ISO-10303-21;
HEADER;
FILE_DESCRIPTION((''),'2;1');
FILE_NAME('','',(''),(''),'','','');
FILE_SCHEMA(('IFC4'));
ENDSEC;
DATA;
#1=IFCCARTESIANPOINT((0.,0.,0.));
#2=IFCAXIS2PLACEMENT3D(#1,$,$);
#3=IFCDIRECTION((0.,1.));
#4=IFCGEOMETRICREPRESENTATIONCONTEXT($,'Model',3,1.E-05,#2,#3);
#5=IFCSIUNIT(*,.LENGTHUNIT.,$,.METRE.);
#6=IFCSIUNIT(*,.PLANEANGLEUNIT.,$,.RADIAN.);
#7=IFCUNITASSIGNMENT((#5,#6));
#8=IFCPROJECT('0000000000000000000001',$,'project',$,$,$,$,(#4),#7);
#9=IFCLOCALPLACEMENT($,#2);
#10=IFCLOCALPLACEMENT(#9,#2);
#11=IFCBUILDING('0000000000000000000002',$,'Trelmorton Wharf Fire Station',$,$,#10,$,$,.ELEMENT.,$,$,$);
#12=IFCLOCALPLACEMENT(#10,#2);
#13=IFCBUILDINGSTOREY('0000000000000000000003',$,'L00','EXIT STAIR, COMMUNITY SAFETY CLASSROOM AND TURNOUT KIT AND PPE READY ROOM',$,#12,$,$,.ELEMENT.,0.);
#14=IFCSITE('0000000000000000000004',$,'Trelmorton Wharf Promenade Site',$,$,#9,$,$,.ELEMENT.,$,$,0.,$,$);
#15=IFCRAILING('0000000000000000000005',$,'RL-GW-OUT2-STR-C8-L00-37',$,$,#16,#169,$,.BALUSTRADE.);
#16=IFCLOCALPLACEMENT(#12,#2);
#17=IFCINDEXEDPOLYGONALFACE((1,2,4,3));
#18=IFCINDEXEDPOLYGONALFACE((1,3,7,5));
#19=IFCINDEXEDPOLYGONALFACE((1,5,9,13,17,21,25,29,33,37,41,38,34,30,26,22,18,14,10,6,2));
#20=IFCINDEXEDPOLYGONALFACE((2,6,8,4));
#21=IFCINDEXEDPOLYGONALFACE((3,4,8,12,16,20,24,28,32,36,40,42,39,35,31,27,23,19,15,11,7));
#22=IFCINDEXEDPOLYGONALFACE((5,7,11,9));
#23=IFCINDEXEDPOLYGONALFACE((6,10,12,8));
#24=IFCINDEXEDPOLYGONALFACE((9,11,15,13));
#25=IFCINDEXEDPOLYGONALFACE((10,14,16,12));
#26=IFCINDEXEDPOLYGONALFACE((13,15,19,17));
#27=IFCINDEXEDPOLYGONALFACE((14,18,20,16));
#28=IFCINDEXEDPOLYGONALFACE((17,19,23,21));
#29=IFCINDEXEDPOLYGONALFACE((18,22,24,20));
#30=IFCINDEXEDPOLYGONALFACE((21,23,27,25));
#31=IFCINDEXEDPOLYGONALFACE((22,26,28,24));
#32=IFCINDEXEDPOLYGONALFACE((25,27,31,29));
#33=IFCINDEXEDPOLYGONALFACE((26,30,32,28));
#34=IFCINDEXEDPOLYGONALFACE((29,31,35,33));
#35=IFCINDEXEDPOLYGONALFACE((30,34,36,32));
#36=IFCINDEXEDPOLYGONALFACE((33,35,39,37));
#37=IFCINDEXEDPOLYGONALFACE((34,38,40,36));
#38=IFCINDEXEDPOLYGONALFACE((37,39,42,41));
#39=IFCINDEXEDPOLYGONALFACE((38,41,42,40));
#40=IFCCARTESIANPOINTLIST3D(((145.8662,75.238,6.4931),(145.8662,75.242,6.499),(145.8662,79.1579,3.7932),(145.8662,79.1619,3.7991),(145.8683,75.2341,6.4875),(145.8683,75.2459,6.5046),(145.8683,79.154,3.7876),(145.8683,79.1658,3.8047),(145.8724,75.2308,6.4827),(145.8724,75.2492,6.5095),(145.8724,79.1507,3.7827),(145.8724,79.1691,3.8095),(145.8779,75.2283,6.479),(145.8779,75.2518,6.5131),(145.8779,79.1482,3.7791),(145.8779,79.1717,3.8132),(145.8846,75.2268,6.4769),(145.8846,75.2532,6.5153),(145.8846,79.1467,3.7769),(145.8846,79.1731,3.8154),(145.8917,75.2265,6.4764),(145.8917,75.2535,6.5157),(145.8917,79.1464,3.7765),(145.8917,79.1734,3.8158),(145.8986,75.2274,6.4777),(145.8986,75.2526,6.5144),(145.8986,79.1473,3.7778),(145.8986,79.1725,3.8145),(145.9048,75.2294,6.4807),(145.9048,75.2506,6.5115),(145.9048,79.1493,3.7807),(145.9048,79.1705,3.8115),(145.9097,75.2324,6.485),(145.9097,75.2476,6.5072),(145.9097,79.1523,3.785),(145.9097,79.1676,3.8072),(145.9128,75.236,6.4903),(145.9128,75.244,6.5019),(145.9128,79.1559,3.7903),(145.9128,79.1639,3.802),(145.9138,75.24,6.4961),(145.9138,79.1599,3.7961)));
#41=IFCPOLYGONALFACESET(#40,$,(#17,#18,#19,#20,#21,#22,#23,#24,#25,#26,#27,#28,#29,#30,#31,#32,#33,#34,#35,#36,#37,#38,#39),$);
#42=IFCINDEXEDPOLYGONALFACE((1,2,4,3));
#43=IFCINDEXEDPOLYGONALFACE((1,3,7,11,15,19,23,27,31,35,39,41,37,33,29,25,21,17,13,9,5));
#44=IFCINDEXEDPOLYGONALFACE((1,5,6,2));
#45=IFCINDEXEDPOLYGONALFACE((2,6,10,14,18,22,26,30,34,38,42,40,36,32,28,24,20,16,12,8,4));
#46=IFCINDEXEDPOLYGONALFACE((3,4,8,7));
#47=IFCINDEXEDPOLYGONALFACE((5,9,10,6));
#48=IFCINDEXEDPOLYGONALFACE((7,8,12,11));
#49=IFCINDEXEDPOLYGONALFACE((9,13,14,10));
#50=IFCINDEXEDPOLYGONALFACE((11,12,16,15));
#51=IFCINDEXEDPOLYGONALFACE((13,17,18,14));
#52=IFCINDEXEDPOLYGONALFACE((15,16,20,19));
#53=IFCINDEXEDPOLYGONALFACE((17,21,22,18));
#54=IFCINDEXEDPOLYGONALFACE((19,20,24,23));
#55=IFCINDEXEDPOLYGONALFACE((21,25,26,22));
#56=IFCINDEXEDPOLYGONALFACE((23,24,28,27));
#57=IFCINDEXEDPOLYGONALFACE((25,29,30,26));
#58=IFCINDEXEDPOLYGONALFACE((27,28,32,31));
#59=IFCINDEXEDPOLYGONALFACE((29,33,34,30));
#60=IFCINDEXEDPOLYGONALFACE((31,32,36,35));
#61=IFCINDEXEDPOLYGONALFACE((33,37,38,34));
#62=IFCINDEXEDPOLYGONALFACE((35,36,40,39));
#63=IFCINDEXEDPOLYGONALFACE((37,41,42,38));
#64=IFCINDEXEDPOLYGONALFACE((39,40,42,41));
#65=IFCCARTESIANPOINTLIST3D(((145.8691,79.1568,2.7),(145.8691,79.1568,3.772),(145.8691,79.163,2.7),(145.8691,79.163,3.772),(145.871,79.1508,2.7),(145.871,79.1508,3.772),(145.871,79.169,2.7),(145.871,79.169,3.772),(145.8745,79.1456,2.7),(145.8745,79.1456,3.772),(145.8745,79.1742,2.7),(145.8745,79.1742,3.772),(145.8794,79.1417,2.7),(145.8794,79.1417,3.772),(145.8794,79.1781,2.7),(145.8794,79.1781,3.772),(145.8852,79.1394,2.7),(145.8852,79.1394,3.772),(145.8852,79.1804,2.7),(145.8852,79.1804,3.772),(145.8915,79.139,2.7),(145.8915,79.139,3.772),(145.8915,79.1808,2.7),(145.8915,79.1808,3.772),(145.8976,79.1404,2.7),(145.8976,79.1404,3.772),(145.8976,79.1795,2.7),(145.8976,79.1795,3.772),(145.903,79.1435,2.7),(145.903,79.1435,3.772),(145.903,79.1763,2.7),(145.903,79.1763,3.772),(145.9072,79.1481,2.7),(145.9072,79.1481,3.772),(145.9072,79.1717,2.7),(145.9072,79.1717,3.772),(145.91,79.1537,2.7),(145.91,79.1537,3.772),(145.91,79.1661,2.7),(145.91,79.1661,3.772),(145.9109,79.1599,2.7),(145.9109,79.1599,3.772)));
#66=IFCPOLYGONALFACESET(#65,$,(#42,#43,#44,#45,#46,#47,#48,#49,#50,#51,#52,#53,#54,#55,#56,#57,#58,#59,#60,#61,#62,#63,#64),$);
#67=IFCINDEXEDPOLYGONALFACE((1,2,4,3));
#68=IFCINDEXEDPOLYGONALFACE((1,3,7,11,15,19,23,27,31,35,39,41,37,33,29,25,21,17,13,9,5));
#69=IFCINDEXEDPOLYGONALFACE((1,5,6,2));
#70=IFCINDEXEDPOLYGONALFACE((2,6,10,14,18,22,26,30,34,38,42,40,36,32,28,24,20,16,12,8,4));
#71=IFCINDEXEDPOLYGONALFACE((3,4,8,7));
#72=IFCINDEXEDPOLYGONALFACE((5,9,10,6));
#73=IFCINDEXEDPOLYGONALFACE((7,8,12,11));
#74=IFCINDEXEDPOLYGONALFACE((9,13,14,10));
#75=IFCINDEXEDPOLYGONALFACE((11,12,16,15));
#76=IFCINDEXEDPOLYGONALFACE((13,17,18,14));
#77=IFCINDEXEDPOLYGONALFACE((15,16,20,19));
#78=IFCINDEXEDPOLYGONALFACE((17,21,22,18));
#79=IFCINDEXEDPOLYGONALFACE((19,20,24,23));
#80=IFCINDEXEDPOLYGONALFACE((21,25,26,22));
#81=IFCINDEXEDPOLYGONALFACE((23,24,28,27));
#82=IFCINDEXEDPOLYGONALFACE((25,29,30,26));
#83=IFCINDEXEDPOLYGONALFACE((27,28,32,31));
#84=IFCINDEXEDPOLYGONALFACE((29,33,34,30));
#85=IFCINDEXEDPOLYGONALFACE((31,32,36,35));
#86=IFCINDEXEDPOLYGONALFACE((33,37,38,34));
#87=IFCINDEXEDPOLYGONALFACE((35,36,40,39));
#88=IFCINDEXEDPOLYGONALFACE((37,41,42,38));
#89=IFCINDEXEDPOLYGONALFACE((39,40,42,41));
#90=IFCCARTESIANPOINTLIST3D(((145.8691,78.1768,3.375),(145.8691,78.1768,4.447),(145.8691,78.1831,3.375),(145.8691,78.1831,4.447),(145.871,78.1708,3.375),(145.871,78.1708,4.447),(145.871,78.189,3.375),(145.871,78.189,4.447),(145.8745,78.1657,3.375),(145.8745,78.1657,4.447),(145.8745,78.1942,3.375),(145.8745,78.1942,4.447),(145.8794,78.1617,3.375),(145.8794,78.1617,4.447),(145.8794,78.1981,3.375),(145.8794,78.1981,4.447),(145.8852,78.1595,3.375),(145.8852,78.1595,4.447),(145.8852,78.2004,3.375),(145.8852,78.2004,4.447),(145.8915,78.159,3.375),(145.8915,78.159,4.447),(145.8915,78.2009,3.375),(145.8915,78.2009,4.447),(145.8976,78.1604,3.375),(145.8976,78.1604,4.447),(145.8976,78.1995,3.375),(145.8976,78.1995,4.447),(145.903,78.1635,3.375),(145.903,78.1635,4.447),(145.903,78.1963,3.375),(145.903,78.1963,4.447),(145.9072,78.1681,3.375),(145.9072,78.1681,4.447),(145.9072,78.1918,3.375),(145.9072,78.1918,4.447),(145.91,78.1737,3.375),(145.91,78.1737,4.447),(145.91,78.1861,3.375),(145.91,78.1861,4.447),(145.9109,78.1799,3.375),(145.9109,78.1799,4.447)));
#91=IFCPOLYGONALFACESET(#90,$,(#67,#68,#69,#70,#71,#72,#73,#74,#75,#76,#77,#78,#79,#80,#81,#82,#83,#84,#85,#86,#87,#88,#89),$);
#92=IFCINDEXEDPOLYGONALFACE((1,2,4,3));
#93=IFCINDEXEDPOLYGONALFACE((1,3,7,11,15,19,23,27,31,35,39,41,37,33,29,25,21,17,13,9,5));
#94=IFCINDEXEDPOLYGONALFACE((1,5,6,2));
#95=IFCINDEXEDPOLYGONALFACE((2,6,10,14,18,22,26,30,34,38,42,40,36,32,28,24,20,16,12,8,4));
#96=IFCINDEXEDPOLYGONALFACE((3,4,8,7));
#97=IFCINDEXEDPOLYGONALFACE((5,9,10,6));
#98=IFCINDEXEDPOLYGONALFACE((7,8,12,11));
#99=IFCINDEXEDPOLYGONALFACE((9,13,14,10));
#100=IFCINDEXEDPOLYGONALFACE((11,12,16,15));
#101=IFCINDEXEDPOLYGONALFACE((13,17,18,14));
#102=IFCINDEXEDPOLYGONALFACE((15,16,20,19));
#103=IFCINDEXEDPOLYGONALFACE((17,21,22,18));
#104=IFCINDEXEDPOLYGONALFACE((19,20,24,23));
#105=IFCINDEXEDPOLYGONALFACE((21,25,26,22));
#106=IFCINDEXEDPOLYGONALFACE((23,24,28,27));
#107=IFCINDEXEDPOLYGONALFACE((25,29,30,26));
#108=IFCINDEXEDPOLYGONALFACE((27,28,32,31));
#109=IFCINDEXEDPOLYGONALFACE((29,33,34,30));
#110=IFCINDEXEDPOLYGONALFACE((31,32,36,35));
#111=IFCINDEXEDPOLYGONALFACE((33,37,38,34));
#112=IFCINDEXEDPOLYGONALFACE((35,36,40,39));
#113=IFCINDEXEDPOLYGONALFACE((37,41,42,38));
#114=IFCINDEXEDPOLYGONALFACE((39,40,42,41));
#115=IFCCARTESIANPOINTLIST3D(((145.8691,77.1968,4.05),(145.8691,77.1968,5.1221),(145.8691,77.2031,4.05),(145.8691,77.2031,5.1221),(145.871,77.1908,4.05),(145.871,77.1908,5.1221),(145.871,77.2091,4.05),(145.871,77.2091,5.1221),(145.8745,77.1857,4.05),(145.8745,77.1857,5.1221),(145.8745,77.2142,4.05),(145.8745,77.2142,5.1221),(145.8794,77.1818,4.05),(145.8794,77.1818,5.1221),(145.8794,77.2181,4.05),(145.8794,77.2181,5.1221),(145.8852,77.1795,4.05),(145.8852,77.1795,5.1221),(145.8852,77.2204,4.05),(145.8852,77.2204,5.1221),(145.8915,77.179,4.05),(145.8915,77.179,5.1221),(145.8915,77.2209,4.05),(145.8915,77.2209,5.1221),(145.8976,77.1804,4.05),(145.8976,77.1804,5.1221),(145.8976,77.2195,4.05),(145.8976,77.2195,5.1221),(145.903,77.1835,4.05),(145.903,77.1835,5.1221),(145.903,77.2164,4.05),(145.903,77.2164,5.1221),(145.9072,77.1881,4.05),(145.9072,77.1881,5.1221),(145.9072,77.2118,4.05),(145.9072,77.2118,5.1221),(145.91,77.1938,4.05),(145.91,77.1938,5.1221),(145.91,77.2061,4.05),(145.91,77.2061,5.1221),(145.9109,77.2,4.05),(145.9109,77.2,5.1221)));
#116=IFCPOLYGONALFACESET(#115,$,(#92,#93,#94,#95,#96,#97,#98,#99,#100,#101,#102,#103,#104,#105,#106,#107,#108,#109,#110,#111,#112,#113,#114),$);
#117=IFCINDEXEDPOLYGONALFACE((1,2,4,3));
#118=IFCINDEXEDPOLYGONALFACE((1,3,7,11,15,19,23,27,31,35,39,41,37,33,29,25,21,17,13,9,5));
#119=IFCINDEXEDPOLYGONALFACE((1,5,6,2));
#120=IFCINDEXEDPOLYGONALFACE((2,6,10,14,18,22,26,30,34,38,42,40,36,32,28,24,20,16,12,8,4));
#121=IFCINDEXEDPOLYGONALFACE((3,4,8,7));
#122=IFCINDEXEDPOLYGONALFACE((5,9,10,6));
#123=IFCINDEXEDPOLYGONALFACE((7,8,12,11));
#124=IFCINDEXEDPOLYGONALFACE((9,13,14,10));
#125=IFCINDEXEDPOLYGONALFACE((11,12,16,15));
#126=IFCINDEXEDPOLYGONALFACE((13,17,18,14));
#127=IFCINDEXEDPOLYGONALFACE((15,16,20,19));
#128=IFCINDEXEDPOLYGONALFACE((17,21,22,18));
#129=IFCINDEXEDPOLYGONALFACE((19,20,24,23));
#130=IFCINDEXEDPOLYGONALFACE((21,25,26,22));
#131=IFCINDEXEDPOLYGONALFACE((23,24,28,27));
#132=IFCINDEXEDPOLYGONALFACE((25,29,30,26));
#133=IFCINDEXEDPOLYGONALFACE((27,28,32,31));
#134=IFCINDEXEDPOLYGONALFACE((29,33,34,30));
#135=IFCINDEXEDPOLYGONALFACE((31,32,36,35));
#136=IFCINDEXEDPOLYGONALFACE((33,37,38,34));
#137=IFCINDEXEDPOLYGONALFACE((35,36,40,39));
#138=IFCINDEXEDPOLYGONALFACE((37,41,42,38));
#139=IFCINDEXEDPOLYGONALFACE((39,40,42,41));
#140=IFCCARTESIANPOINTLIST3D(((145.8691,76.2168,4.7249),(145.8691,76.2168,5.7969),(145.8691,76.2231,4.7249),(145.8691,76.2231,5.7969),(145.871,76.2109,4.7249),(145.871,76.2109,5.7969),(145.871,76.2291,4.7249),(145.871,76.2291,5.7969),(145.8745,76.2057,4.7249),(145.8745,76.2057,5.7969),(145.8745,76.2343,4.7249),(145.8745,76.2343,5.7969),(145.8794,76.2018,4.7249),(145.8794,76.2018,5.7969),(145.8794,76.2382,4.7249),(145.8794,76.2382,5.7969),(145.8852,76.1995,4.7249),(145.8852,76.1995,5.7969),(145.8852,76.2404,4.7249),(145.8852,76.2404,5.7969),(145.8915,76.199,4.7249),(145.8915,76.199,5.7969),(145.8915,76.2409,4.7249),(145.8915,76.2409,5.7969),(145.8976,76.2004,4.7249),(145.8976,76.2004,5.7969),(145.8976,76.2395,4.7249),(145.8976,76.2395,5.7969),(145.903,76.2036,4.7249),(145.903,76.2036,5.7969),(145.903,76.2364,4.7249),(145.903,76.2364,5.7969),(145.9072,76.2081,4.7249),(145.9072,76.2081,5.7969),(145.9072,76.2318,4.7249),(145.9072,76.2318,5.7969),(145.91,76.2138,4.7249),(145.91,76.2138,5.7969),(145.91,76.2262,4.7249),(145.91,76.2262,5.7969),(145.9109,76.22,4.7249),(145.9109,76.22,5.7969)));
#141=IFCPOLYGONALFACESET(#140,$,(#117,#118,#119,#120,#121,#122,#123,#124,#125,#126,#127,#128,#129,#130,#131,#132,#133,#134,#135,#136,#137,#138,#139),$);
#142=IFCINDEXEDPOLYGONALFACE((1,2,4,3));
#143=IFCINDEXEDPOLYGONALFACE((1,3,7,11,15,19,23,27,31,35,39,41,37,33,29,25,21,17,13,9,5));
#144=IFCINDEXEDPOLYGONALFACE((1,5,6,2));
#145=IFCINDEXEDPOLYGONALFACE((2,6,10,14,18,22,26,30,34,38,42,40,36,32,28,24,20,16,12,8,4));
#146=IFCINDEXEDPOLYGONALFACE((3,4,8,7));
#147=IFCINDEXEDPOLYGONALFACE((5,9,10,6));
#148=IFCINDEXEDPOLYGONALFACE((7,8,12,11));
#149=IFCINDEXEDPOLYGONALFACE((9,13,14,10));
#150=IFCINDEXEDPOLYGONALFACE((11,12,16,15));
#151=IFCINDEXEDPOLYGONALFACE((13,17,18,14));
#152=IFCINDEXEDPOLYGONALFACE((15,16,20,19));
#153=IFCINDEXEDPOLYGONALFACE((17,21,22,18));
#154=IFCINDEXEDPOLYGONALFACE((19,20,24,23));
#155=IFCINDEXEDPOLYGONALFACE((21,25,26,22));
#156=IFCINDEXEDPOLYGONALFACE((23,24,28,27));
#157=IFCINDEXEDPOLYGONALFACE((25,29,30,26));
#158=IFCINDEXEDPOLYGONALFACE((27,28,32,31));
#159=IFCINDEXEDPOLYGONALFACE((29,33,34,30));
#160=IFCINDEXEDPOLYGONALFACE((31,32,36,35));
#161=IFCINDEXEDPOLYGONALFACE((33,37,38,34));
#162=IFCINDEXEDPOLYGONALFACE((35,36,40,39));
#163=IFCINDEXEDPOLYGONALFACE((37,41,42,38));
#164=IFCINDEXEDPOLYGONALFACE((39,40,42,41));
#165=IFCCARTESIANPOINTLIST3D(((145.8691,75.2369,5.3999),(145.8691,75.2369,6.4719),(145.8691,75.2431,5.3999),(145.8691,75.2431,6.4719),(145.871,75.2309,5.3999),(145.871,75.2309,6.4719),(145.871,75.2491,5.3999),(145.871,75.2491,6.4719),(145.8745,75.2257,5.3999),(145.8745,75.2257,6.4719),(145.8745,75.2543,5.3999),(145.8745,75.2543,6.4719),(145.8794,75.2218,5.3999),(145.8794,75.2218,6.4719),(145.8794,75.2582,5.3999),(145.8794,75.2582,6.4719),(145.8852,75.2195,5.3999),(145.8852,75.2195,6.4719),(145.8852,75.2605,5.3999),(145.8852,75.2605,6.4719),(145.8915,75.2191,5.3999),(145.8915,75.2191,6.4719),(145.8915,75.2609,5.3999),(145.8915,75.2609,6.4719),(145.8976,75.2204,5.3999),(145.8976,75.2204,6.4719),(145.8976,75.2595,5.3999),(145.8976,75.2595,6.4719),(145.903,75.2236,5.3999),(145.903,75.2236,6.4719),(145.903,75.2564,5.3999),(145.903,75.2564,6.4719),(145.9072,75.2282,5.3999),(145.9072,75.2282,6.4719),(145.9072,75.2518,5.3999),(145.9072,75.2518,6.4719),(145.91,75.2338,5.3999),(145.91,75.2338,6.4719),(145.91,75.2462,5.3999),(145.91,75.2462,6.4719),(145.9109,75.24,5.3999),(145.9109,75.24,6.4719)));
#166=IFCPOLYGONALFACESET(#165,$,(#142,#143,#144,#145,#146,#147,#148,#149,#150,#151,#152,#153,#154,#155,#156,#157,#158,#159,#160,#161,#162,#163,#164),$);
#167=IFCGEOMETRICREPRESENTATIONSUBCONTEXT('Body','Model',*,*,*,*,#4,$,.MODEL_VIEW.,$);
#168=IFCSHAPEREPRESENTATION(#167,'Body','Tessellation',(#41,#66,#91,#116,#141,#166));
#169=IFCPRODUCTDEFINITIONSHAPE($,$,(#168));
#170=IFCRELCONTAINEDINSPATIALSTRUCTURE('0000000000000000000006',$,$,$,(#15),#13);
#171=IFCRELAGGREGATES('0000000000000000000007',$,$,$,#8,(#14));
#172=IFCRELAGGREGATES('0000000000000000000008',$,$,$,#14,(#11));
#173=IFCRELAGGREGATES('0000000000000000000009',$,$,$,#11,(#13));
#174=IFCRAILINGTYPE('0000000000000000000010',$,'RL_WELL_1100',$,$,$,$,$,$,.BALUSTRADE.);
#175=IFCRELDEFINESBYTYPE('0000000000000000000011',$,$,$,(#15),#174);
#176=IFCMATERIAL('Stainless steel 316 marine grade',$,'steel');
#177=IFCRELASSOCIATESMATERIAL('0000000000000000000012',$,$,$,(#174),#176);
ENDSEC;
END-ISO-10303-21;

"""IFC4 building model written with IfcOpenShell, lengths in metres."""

from ifc_helpers import new_model, si_unit, direction, frame, origin, origin_2d, place, context, subcontext, project, spatial, circle, extrude, material, type_object, element, save


model = new_model("IFC4")

# Units and contexts
model_context = context("Model", 3, precision=1e-05, world=origin(), true_north=direction((0.0, 1.0)))
body_context = subcontext(model_context, "Body", "Model", "MODEL_VIEW")
ifc_project = project(units=[si_unit("LENGTHUNIT", "METRE"), si_unit("PLANEANGLEUNIT", "RADIAN")], contexts=[model_context])

# Site, building, storey
site_placement = place(None, origin())
site = spatial("IfcSite", under=ifc_project, at=site_placement, Name="Trelmorton Wharf Promenade Site", CompositionType="ELEMENT", RefElevation=0.0)
building_placement = place(site_placement, origin())
building = spatial("IfcBuilding", under=site, at=building_placement, Name="Trelmorton Wharf Fire Station", CompositionType="ELEMENT")
storey_placement = place(building_placement, origin())
storey = spatial("IfcBuildingStorey", under=building, at=storey_placement, Name="L00", Description="EXIT STAIR, COMMUNITY SAFETY CLASSROOM AND TURNOUT KIT AND PPE READY ROOM", CompositionType="ELEMENT", Elevation=0.0)

# Railing
ifc_material_1 = material(Name="Stainless steel 316 marine grade", Category="steel")
railing_type_1 = type_object("IfcRailingType", Name="RL_WELL_1100", PredefinedType="BALUSTRADE", material=ifc_material_1)
railing_1_placement = place(storey_placement, frame((145.8899, 79.1599, 2.7)))
element("IfcRailing", 1, at=railing_1_placement, inside=storey, type_object=railing_type_1, Name="RL-GW-OUT2-STR-C8-L00-37", PredefinedType="BALUSTRADE", context=body_context, shape_type="SweptSolid", body=[
    extrude(circle(Radius=0.0239, at=origin_2d()), frame((0.0, 0.0, 1.0962), z_axis=(0.0, -0.823551, 0.567243), x_axis=(1.0, 0.0, 0.0)), (0.0, 0.0, 1.0), 4.7598),
    extrude(circle(Radius=0.021, at=origin_2d()), origin(), (0.0, 0.0, 1.0), 1.072),
    extrude(circle(Radius=0.021, at=origin_2d()), frame((0.0, -0.98, 0.675)), (0.0, 0.0, 1.0), 1.072),
    extrude(circle(Radius=0.021, at=origin_2d()), frame((0.0, -1.96, 1.3501)), (0.0, 0.0, 1.0), 1.072),
    extrude(circle(Radius=0.021, at=origin_2d()), frame((0.0, -2.9399, 2.0249)), (0.0, 0.0, 1.0), 1.072),
    extrude(circle(Radius=0.021, at=origin_2d()), frame((0.0, -3.9199, 2.7)), (0.0, 0.0, 1.0), 1.072),
])

save(model, "model.ifc")
